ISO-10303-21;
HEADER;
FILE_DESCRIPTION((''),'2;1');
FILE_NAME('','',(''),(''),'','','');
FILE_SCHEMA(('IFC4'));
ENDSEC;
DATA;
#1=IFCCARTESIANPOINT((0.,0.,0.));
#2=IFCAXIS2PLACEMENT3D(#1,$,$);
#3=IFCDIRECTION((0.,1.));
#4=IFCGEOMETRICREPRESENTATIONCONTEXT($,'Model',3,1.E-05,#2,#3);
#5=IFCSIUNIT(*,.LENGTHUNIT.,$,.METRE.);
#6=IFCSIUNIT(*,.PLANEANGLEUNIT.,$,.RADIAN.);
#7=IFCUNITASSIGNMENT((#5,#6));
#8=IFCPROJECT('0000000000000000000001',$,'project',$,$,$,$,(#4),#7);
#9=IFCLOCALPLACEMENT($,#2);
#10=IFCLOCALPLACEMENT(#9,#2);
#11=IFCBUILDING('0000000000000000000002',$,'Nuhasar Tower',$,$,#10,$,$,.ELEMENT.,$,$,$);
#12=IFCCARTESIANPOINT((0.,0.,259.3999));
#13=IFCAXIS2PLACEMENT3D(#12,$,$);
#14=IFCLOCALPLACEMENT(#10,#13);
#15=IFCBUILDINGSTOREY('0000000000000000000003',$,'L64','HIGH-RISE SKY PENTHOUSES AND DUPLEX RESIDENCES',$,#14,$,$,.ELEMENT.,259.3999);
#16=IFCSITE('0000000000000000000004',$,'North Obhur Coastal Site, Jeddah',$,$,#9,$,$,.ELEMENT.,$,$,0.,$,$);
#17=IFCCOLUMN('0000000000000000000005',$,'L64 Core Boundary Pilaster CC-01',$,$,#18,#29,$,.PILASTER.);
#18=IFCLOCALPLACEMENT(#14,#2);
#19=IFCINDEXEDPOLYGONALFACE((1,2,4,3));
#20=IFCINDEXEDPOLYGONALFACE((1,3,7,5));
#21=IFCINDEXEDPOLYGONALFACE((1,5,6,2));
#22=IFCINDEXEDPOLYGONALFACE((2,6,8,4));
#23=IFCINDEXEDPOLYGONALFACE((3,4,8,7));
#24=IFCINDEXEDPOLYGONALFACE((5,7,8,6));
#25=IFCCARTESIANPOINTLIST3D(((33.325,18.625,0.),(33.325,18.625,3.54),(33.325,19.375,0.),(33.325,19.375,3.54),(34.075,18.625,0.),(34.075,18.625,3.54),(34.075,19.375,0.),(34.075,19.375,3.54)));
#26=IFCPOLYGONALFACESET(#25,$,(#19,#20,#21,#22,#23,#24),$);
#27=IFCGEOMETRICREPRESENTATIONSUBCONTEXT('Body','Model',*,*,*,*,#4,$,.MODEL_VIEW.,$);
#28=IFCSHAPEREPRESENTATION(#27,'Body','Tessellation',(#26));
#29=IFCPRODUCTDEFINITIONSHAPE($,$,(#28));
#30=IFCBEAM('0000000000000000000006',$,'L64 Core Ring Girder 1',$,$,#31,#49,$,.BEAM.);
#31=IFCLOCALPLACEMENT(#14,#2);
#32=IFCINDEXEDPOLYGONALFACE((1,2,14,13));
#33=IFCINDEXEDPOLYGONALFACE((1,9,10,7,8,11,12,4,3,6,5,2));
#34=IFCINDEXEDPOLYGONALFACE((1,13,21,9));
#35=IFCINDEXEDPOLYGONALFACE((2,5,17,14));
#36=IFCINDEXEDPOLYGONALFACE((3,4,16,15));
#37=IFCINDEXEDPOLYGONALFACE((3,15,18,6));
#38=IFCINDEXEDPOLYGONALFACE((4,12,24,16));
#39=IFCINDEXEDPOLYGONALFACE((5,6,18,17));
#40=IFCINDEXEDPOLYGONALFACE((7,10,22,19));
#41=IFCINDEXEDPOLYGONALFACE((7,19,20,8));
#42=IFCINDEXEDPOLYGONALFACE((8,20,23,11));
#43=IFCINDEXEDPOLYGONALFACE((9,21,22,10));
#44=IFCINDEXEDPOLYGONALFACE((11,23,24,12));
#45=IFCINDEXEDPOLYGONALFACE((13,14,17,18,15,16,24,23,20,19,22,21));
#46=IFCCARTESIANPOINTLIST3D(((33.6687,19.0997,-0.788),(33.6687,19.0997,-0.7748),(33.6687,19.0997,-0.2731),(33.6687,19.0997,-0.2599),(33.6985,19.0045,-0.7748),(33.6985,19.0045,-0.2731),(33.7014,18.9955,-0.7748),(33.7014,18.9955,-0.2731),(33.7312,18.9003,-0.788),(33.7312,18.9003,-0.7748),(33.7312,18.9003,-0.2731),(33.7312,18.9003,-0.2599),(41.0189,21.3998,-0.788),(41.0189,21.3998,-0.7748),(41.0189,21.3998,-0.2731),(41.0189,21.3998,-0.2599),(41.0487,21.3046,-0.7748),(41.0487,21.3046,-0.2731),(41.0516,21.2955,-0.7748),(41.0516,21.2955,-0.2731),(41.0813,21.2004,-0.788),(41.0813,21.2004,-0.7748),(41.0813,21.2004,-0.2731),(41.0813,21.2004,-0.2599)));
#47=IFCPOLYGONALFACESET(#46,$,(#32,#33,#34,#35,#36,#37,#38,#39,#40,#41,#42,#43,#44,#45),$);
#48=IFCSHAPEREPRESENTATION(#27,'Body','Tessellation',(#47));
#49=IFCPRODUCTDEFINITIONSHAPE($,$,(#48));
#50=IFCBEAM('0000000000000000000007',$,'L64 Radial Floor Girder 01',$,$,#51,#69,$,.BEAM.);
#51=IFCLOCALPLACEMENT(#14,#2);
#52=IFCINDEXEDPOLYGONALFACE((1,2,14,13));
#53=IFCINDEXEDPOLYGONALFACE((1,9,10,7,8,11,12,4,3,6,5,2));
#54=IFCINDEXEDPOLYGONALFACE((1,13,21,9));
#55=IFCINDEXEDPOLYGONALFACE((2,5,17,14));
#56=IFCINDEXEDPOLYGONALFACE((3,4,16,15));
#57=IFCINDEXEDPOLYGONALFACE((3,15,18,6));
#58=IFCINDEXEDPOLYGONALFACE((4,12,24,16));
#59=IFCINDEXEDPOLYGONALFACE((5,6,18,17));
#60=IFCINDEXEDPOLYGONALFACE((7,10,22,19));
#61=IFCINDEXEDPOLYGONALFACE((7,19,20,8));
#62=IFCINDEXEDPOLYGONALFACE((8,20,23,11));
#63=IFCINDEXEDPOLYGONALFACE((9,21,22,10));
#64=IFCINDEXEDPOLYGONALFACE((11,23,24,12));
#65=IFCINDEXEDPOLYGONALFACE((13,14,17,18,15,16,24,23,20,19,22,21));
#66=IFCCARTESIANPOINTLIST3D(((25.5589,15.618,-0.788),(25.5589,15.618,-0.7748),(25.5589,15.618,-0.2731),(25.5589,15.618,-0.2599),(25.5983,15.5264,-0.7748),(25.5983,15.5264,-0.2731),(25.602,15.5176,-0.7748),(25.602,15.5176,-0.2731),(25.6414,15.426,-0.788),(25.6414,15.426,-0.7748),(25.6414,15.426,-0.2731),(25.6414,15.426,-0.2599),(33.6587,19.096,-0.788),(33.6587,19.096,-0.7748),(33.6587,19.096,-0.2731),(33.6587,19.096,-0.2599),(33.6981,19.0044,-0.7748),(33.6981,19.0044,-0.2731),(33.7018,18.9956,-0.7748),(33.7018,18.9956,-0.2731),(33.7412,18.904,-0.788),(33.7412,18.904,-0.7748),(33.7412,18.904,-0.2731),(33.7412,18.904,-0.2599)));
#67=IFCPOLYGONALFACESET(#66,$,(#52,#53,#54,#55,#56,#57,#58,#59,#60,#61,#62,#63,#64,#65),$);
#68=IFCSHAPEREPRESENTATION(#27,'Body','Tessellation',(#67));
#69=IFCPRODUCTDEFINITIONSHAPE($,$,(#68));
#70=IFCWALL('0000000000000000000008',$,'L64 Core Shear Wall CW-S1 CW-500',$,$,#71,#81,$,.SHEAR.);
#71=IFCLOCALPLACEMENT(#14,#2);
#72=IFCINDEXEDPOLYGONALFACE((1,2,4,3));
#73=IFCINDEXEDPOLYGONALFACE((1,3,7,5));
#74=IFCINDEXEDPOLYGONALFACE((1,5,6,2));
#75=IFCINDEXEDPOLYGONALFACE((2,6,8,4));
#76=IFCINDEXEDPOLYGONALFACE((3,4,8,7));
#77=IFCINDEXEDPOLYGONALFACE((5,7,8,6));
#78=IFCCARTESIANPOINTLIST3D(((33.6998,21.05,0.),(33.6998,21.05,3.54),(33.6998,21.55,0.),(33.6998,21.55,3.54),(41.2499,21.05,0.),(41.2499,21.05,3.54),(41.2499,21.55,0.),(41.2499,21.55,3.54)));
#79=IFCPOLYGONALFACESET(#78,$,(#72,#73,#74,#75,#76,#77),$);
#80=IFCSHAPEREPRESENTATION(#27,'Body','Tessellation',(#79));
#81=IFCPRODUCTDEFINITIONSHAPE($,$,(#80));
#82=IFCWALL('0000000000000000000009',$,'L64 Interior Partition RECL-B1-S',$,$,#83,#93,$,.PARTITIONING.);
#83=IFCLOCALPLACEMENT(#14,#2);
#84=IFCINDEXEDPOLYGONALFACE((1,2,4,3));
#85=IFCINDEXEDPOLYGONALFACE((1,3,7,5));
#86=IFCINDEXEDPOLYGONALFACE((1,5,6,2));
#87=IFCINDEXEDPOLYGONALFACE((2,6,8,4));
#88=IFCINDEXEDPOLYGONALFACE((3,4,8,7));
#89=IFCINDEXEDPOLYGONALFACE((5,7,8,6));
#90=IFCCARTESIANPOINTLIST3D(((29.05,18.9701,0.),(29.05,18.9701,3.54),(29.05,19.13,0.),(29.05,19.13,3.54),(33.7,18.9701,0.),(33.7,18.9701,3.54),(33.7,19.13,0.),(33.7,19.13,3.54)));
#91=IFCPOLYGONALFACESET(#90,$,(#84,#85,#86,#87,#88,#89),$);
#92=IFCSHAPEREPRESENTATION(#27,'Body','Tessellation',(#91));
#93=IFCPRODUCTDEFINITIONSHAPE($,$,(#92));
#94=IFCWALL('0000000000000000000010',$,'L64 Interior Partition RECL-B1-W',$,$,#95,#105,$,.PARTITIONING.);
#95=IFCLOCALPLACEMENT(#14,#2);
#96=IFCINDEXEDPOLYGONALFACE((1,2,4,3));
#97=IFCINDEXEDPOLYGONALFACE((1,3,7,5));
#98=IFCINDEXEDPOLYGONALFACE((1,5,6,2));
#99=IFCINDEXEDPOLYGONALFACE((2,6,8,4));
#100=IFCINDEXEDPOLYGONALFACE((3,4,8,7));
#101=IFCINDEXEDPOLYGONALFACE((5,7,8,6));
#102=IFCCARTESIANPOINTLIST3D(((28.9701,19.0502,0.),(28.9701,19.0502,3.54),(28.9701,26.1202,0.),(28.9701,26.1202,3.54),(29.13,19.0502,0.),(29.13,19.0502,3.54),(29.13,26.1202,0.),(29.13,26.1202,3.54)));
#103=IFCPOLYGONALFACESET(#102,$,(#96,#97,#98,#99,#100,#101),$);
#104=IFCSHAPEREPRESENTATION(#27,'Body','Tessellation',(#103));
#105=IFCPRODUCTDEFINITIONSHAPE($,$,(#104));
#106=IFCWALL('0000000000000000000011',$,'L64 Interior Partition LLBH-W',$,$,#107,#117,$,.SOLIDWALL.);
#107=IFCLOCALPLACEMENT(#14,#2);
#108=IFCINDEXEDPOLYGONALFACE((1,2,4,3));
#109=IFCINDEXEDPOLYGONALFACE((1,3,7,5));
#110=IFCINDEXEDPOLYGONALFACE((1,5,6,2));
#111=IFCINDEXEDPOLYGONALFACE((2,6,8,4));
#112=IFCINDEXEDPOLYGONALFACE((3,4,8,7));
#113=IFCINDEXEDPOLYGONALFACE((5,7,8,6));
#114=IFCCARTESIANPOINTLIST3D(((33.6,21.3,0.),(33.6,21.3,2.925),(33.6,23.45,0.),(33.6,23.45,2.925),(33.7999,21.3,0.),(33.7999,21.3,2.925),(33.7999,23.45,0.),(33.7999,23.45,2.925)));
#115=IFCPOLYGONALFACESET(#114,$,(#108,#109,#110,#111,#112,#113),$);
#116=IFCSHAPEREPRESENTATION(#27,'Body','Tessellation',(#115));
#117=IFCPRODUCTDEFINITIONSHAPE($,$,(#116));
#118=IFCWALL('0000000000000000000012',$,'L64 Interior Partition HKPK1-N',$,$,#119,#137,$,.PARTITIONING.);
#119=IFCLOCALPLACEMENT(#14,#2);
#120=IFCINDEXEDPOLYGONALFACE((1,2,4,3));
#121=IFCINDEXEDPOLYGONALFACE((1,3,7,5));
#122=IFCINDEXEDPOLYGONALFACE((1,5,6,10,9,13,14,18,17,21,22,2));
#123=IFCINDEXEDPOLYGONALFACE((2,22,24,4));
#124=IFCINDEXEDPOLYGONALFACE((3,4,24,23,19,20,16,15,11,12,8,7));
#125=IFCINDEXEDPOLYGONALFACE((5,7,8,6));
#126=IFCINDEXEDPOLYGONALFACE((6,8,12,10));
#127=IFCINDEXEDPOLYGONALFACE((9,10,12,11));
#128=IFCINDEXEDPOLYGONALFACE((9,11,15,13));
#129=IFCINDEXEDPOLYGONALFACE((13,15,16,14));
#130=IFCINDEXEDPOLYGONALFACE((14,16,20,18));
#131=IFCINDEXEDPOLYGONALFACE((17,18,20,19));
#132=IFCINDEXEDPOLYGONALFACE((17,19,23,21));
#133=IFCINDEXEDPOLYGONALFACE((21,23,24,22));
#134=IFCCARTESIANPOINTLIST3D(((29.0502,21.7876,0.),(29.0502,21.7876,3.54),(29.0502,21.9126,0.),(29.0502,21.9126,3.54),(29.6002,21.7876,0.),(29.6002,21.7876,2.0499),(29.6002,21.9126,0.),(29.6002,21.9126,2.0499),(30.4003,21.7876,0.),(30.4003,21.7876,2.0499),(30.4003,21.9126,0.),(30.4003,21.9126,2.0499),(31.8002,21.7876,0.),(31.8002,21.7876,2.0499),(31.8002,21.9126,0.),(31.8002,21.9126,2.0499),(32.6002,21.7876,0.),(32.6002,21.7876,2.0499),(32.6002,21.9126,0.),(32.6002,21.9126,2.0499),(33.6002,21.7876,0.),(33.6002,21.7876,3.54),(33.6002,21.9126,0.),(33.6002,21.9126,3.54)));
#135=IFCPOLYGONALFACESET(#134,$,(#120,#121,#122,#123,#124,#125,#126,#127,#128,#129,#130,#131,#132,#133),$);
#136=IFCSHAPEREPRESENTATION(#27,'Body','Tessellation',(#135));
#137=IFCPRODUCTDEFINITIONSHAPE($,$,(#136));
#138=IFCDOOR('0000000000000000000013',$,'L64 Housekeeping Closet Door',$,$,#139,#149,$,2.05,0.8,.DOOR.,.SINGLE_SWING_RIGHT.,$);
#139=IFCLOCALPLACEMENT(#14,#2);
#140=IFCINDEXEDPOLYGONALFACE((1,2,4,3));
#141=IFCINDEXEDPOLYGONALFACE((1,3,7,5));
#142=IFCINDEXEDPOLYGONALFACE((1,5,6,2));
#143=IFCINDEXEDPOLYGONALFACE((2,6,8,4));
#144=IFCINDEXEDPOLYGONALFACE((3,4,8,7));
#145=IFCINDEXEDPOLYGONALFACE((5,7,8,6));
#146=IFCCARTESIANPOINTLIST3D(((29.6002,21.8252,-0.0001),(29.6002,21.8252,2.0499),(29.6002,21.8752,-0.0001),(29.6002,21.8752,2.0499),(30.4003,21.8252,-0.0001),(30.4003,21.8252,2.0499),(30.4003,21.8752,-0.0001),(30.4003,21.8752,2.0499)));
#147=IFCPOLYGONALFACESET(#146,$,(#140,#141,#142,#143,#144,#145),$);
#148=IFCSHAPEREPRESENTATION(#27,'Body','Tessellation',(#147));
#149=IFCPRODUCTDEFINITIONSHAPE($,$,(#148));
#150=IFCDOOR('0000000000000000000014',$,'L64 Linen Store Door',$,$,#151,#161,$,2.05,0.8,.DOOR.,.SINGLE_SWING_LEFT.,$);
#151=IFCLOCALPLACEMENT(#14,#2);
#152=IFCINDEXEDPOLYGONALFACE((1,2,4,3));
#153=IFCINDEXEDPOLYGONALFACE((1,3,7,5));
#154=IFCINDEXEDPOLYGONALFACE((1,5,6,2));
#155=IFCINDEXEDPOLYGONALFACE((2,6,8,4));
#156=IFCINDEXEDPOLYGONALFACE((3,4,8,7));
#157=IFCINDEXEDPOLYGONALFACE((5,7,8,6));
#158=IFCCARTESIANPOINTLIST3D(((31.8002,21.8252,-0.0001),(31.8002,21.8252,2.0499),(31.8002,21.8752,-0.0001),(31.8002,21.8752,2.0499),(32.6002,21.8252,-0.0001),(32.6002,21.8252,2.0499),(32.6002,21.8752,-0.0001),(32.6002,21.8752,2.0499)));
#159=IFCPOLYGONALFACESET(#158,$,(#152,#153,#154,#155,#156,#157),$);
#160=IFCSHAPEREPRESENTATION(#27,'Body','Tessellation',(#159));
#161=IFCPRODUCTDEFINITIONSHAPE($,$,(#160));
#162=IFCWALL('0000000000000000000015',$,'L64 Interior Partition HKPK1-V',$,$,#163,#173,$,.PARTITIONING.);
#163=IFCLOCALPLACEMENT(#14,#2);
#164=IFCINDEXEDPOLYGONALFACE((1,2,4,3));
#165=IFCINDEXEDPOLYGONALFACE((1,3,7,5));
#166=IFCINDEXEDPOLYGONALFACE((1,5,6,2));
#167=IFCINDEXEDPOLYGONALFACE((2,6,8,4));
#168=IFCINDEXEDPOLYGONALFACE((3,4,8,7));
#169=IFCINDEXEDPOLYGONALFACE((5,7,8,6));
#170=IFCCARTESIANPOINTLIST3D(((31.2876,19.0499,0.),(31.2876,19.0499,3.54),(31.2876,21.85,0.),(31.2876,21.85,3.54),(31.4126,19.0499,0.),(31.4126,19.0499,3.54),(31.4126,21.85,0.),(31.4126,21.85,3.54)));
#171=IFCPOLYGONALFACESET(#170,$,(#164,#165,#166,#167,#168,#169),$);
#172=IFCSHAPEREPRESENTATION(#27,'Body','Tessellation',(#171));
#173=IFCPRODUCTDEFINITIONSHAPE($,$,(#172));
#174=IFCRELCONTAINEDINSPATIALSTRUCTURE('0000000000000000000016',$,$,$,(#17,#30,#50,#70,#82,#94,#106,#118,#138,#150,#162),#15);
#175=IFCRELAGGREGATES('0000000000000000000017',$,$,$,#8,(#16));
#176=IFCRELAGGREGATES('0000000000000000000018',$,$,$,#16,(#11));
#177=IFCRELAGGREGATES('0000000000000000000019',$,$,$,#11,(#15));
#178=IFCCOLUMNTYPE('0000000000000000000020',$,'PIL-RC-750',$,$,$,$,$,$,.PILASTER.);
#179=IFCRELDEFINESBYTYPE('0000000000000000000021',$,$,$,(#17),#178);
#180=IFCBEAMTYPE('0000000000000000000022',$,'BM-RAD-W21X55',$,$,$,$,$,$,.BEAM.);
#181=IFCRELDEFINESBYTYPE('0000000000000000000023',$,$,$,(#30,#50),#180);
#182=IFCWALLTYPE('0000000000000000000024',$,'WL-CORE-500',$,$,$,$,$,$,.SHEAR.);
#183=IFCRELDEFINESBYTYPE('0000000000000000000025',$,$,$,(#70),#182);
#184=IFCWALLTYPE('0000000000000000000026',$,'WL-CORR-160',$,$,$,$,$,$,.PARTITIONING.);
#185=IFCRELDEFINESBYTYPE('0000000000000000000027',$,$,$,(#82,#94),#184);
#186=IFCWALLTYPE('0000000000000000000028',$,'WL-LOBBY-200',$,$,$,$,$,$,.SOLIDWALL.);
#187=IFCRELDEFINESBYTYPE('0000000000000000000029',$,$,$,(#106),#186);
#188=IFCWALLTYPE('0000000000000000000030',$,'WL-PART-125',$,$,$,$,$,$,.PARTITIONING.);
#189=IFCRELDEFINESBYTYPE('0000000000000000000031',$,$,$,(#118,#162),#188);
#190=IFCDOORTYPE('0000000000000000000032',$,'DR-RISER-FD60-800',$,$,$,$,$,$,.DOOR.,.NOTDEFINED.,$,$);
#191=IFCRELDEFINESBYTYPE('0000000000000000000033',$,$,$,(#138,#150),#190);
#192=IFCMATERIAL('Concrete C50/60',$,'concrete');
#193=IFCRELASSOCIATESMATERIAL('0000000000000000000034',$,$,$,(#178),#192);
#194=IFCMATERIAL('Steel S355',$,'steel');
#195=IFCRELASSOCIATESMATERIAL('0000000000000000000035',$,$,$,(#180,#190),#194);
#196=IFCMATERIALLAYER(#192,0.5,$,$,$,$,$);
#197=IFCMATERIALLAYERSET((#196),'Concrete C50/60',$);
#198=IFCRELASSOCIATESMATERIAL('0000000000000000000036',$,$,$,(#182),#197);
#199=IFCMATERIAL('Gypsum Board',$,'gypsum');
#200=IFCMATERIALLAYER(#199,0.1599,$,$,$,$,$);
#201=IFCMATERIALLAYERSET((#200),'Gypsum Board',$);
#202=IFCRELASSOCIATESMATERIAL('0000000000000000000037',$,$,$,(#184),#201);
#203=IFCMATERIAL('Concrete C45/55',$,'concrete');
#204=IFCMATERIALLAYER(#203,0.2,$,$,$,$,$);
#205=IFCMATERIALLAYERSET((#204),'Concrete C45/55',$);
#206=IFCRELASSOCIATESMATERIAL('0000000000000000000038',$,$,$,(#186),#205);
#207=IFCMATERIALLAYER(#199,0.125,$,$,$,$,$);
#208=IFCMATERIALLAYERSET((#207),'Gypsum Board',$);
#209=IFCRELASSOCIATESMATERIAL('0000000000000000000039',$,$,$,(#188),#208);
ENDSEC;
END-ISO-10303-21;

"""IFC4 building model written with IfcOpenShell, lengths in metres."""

from ifc_helpers import new_model, si_unit, direction, frame, frame_2d, origin, origin_2d, place, context, subcontext, project, spatial, rectangle, i_section, extrude, material, layer, layer_set, material_profile, profile_set, type_object, element, fill, save


model = new_model("IFC4")

# Units and contexts
model_context = context("Model", 3, precision=1e-05, world=origin(), true_north=direction((0.0, 1.0)))
body_context = subcontext(model_context, "Body", "Model", "MODEL_VIEW")
ifc_project = project(units=[si_unit("LENGTHUNIT", "METRE"), si_unit("PLANEANGLEUNIT", "RADIAN")], contexts=[model_context])

# Site, building, storey
site_placement = place(None, origin())
site = spatial("IfcSite", under=ifc_project, at=site_placement, Name="North Obhur Coastal Site, Jeddah", CompositionType="ELEMENT", RefElevation=0.0)
building_placement = place(site_placement, origin())
building = spatial("IfcBuilding", under=site, at=building_placement, Name="Nuhasar Tower", CompositionType="ELEMENT")
storey_placement = place(building_placement, frame((0.0, 0.0, 259.3999)))
storey = spatial("IfcBuildingStorey", under=building, at=storey_placement, Name="L64", Description="HIGH-RISE SKY PENTHOUSES AND DUPLEX RESIDENCES", CompositionType="ELEMENT", Elevation=259.3999)

# Column
ifc_material_1 = material(Name="Concrete C50/60", Category="concrete")
ifc_material_profile_1 = material_profile(ifc_material_1, rectangle(XDim=0.75, YDim=0.75, at=origin_2d()), Name="RC750X750")
ifc_profile_set_1 = profile_set([ifc_material_profile_1], Name="Concrete C50/60")
column_type = type_object("IfcColumnType", Name="PIL-RC-750", PredefinedType="PILASTER", material=ifc_profile_set_1)
column_placement = place(storey_placement, frame((33.7, 19.0, 0.0), z_axis=(0.0, 0.0, 1.0), x_axis=(1.0, 0.0, 0.0)))
element("IfcColumn", 1, at=column_placement, inside=storey, type_object=column_type, Name="L64 Core Boundary Pilaster CC-01", PredefinedType="PILASTER", context=body_context, shape_type="SweptSolid", body=[
    extrude(rectangle(XDim=0.75, YDim=0.75, at=origin_2d()), origin(), (0.0, 0.0, 1.0), 3.54),
])

# Beams
ifc_material_2 = material(Name="Steel S355", Category="steel")
ifc_material_profile_2 = material_profile(ifc_material_2, i_section(OverallWidth=0.209, OverallDepth=0.5281, WebThickness=0.0095, FlangeThickness=0.0132, at=origin_2d()), Name="W21X55")
ifc_profile_set_2 = profile_set([ifc_material_profile_2], Name="Steel S355")
beam_type = type_object("IfcBeamType", Name="BM-RAD-W21X55", PredefinedType="BEAM", material=ifc_profile_set_2)
beam_1_placement = place(storey_placement, frame((33.7, 19.0, -0.5239), z_axis=(0.954364, 0.298647, 0.0), x_axis=(-0.298647, 0.954364, 0.0)))
element("IfcBeam", 2, at=beam_1_placement, inside=storey, type_object=beam_type, Name="L64 Core Ring Girder 1", PredefinedType="BEAM", context=body_context, shape_type="SweptSolid", body=[
    extrude(i_section(OverallWidth=0.209, OverallDepth=0.5281, WebThickness=0.0095, FlangeThickness=0.0132, at=origin_2d()), origin(), (0.0, 0.0, 1.0), 7.7017),
])
beam_2_placement = place(storey_placement, frame((33.7, 19.0, -0.5239), z_axis=(-0.918871, -0.394558, 0.0), x_axis=(0.394558, -0.918871, 0.0)))
element("IfcBeam", 3, at=beam_2_placement, inside=storey, type_object=beam_type, Name="L64 Radial Floor Girder 01", PredefinedType="BEAM", context=body_context, shape_type="SweptSolid", body=[
    extrude(i_section(OverallWidth=0.209, OverallDepth=0.5281, WebThickness=0.0095, FlangeThickness=0.0132, at=origin_2d()), origin(), (0.0, 0.0, 1.0), 8.8149),
])

# Walls
ifc_layer_1 = layer(ifc_material_1, 0.5)
ifc_layer_set_1 = layer_set([ifc_layer_1], Name="Concrete C50/60")
wall_type_1 = type_object("IfcWallType", Name="WL-CORE-500", PredefinedType="SHEAR", material=ifc_layer_set_1)
wall_1_placement = place(storey_placement, frame((33.7, 21.3, 0.0), z_axis=(0.0, 0.0, 1.0), x_axis=(1.0, 0.0, 0.0)))
element("IfcWall", 4, at=wall_1_placement, inside=storey, type_object=wall_type_1, Name="L64 Core Shear Wall CW-S1 CW-500", PredefinedType="SHEAR", context=body_context, shape_type="SweptSolid", body=[
    extrude(rectangle(XDim=7.55, YDim=0.5, at=frame_2d((3.7749, 0.0))), origin(), (0.0, 0.0, 1.0), 3.54),
])
ifc_material_3 = material(Name="Gypsum Board", Category="gypsum")
ifc_layer_2 = layer(ifc_material_3, 0.1599)
ifc_layer_set_2 = layer_set([ifc_layer_2], Name="Gypsum Board")
wall_type_2 = type_object("IfcWallType", Name="WL-CORR-160", PredefinedType="PARTITIONING", material=ifc_layer_set_2)
wall_2_placement = place(storey_placement, frame((29.05, 19.05, 0.0), z_axis=(0.0, 0.0, 1.0), x_axis=(1.0, 0.0, 0.0)))
element("IfcWall", 5, at=wall_2_placement, inside=storey, type_object=wall_type_2, Name="L64 Interior Partition RECL-B1-S", PredefinedType="PARTITIONING", context=body_context, shape_type="SweptSolid", body=[
    extrude(rectangle(XDim=4.6499, YDim=0.1599, at=frame_2d((2.325, 0.0))), origin(), (0.0, 0.0, 1.0), 3.54),
])
wall_3_placement = place(storey_placement, frame((29.05, 19.05, 0.0), z_axis=(0.0, 0.0, 1.0), x_axis=(0.0, 1.0, 0.0)))
element("IfcWall", 6, at=wall_3_placement, inside=storey, type_object=wall_type_2, Name="L64 Interior Partition RECL-B1-W", PredefinedType="PARTITIONING", context=body_context, shape_type="SweptSolid", body=[
    extrude(rectangle(XDim=7.0701, YDim=0.1599, at=frame_2d((3.5352, 0.0))), origin(), (0.0, 0.0, 1.0), 3.54),
])

# Wall
ifc_material_4 = material(Name="Concrete C45/55", Category="concrete")
ifc_layer_3 = layer(ifc_material_4, 0.2)
ifc_layer_set_3 = layer_set([ifc_layer_3], Name="Concrete C45/55")
wall_type_3 = type_object("IfcWallType", Name="WL-LOBBY-200", PredefinedType="SOLIDWALL", material=ifc_layer_set_3)
wall_4_placement = place(storey_placement, frame((33.7, 21.3, 0.0), z_axis=(0.0, 0.0, 1.0), x_axis=(0.0, 1.0, 0.0)))
element("IfcWall", 7, at=wall_4_placement, inside=storey, type_object=wall_type_3, Name="L64 Interior Partition LLBH-W", PredefinedType="SOLIDWALL", context=body_context, shape_type="SweptSolid", body=[
    extrude(rectangle(XDim=2.1499, YDim=0.2, at=frame_2d((1.075, 0.0))), origin(), (0.0, 0.0, 1.0), 2.925),
])

# Wall, openings, doors
ifc_layer_4 = layer(ifc_material_3, 0.125)
ifc_layer_set_4 = layer_set([ifc_layer_4], Name="Gypsum Board")
wall_type_4 = type_object("IfcWallType", Name="WL-PART-125", PredefinedType="PARTITIONING", material=ifc_layer_set_4)
wall_5_placement = place(storey_placement, frame((33.6001, 21.8501, 0.0), z_axis=(0.0, 0.0, 1.0), x_axis=(-1.0, 0.0, 0.0)))
wall_5 = element("IfcWall", 8, at=wall_5_placement, inside=storey, type_object=wall_type_4, Name="L64 Interior Partition HKPK1-N", PredefinedType="PARTITIONING", context=body_context, shape_type="SweptSolid", body=[
    extrude(rectangle(XDim=4.55, YDim=0.125, at=frame_2d((2.2749, 0.0))), origin(), (0.0, 0.0, 1.0), 3.54),
])
opening_1_placement = place(wall_5_placement, frame((3.2, 0.0, 0.0)))
opening_1 = element("IfcOpeningElement", 9, at=opening_1_placement, cuts=wall_5, PredefinedType="OPENING", context=body_context, shape_type="SweptSolid", body=[
    extrude(rectangle(XDim=0.8, YDim=2.05, at=frame_2d((0.3999, 1.0249))), frame((0.0, 0.0725, 0.0), z_axis=(0.0, -1.0, 0.0), x_axis=(1.0, 0.0, 0.0)), (0.0, 0.0, 1.0), 0.145),
])
opening_2_placement = place(wall_5_placement, frame((1.0, 0.0, 0.0)))
opening_2 = element("IfcOpeningElement", 10, at=opening_2_placement, cuts=wall_5, PredefinedType="OPENING", context=body_context, shape_type="SweptSolid", body=[
    extrude(rectangle(XDim=0.8, YDim=2.05, at=frame_2d((0.3999, 1.0249))), frame((0.0, 0.0725, 0.0), z_axis=(0.0, -1.0, 0.0), x_axis=(1.0, 0.0, 0.0)), (0.0, 0.0, 1.0), 0.145),
])
door_type_1 = type_object("IfcDoorType", Name="DR-RISER-FD60-800", OperationType="NOTDEFINED", PredefinedType="DOOR", material=ifc_material_2)
door_1_placement = place(opening_1_placement, origin())
door_1 = element("IfcDoor", 11, at=door_1_placement, inside=storey, type_object=door_type_1, Name="L64 Housekeeping Closet Door", OperationType="SINGLE_SWING_RIGHT", OverallHeight=2.05, OverallWidth=0.8, PredefinedType="DOOR", context=body_context, shape_type="SweptSolid", body=[
    extrude(rectangle(XDim=0.8, YDim=2.05, at=frame_2d((0.3999, 1.0249))), frame((0.0, 0.0249, 0.0), z_axis=(0.0, -1.0, 0.0), x_axis=(1.0, 0.0, 0.0)), (0.0, 0.0, 1.0), 0.05),
])
fill(opening_1, door_1)
door_2_placement = place(opening_2_placement, origin())
door_2 = element("IfcDoor", 12, at=door_2_placement, inside=storey, type_object=door_type_1, Name="L64 Linen Store Door", OperationType="SINGLE_SWING_LEFT", OverallHeight=2.05, OverallWidth=0.8, PredefinedType="DOOR", context=body_context, shape_type="SweptSolid", body=[
    extrude(rectangle(XDim=0.8, YDim=2.05, at=frame_2d((0.3999, 1.0249))), frame((0.0, 0.0249, 0.0), z_axis=(0.0, -1.0, 0.0), x_axis=(1.0, 0.0, 0.0)), (0.0, 0.0, 1.0), 0.05),
])
fill(opening_2, door_2)

# Wall
wall_6_placement = place(storey_placement, frame((31.3501, 19.05, 0.0), z_axis=(0.0, 0.0, 1.0), x_axis=(0.0, 1.0, 0.0)))
element("IfcWall", 13, at=wall_6_placement, inside=storey, type_object=wall_type_4, Name="L64 Interior Partition HKPK1-V", PredefinedType="PARTITIONING", context=body_context, shape_type="SweptSolid", body=[
    extrude(rectangle(XDim=2.8, YDim=0.125, at=frame_2d((1.3999, 0.0))), origin(), (0.0, 0.0, 1.0), 3.54),
])

save(model, "model.ifc")
